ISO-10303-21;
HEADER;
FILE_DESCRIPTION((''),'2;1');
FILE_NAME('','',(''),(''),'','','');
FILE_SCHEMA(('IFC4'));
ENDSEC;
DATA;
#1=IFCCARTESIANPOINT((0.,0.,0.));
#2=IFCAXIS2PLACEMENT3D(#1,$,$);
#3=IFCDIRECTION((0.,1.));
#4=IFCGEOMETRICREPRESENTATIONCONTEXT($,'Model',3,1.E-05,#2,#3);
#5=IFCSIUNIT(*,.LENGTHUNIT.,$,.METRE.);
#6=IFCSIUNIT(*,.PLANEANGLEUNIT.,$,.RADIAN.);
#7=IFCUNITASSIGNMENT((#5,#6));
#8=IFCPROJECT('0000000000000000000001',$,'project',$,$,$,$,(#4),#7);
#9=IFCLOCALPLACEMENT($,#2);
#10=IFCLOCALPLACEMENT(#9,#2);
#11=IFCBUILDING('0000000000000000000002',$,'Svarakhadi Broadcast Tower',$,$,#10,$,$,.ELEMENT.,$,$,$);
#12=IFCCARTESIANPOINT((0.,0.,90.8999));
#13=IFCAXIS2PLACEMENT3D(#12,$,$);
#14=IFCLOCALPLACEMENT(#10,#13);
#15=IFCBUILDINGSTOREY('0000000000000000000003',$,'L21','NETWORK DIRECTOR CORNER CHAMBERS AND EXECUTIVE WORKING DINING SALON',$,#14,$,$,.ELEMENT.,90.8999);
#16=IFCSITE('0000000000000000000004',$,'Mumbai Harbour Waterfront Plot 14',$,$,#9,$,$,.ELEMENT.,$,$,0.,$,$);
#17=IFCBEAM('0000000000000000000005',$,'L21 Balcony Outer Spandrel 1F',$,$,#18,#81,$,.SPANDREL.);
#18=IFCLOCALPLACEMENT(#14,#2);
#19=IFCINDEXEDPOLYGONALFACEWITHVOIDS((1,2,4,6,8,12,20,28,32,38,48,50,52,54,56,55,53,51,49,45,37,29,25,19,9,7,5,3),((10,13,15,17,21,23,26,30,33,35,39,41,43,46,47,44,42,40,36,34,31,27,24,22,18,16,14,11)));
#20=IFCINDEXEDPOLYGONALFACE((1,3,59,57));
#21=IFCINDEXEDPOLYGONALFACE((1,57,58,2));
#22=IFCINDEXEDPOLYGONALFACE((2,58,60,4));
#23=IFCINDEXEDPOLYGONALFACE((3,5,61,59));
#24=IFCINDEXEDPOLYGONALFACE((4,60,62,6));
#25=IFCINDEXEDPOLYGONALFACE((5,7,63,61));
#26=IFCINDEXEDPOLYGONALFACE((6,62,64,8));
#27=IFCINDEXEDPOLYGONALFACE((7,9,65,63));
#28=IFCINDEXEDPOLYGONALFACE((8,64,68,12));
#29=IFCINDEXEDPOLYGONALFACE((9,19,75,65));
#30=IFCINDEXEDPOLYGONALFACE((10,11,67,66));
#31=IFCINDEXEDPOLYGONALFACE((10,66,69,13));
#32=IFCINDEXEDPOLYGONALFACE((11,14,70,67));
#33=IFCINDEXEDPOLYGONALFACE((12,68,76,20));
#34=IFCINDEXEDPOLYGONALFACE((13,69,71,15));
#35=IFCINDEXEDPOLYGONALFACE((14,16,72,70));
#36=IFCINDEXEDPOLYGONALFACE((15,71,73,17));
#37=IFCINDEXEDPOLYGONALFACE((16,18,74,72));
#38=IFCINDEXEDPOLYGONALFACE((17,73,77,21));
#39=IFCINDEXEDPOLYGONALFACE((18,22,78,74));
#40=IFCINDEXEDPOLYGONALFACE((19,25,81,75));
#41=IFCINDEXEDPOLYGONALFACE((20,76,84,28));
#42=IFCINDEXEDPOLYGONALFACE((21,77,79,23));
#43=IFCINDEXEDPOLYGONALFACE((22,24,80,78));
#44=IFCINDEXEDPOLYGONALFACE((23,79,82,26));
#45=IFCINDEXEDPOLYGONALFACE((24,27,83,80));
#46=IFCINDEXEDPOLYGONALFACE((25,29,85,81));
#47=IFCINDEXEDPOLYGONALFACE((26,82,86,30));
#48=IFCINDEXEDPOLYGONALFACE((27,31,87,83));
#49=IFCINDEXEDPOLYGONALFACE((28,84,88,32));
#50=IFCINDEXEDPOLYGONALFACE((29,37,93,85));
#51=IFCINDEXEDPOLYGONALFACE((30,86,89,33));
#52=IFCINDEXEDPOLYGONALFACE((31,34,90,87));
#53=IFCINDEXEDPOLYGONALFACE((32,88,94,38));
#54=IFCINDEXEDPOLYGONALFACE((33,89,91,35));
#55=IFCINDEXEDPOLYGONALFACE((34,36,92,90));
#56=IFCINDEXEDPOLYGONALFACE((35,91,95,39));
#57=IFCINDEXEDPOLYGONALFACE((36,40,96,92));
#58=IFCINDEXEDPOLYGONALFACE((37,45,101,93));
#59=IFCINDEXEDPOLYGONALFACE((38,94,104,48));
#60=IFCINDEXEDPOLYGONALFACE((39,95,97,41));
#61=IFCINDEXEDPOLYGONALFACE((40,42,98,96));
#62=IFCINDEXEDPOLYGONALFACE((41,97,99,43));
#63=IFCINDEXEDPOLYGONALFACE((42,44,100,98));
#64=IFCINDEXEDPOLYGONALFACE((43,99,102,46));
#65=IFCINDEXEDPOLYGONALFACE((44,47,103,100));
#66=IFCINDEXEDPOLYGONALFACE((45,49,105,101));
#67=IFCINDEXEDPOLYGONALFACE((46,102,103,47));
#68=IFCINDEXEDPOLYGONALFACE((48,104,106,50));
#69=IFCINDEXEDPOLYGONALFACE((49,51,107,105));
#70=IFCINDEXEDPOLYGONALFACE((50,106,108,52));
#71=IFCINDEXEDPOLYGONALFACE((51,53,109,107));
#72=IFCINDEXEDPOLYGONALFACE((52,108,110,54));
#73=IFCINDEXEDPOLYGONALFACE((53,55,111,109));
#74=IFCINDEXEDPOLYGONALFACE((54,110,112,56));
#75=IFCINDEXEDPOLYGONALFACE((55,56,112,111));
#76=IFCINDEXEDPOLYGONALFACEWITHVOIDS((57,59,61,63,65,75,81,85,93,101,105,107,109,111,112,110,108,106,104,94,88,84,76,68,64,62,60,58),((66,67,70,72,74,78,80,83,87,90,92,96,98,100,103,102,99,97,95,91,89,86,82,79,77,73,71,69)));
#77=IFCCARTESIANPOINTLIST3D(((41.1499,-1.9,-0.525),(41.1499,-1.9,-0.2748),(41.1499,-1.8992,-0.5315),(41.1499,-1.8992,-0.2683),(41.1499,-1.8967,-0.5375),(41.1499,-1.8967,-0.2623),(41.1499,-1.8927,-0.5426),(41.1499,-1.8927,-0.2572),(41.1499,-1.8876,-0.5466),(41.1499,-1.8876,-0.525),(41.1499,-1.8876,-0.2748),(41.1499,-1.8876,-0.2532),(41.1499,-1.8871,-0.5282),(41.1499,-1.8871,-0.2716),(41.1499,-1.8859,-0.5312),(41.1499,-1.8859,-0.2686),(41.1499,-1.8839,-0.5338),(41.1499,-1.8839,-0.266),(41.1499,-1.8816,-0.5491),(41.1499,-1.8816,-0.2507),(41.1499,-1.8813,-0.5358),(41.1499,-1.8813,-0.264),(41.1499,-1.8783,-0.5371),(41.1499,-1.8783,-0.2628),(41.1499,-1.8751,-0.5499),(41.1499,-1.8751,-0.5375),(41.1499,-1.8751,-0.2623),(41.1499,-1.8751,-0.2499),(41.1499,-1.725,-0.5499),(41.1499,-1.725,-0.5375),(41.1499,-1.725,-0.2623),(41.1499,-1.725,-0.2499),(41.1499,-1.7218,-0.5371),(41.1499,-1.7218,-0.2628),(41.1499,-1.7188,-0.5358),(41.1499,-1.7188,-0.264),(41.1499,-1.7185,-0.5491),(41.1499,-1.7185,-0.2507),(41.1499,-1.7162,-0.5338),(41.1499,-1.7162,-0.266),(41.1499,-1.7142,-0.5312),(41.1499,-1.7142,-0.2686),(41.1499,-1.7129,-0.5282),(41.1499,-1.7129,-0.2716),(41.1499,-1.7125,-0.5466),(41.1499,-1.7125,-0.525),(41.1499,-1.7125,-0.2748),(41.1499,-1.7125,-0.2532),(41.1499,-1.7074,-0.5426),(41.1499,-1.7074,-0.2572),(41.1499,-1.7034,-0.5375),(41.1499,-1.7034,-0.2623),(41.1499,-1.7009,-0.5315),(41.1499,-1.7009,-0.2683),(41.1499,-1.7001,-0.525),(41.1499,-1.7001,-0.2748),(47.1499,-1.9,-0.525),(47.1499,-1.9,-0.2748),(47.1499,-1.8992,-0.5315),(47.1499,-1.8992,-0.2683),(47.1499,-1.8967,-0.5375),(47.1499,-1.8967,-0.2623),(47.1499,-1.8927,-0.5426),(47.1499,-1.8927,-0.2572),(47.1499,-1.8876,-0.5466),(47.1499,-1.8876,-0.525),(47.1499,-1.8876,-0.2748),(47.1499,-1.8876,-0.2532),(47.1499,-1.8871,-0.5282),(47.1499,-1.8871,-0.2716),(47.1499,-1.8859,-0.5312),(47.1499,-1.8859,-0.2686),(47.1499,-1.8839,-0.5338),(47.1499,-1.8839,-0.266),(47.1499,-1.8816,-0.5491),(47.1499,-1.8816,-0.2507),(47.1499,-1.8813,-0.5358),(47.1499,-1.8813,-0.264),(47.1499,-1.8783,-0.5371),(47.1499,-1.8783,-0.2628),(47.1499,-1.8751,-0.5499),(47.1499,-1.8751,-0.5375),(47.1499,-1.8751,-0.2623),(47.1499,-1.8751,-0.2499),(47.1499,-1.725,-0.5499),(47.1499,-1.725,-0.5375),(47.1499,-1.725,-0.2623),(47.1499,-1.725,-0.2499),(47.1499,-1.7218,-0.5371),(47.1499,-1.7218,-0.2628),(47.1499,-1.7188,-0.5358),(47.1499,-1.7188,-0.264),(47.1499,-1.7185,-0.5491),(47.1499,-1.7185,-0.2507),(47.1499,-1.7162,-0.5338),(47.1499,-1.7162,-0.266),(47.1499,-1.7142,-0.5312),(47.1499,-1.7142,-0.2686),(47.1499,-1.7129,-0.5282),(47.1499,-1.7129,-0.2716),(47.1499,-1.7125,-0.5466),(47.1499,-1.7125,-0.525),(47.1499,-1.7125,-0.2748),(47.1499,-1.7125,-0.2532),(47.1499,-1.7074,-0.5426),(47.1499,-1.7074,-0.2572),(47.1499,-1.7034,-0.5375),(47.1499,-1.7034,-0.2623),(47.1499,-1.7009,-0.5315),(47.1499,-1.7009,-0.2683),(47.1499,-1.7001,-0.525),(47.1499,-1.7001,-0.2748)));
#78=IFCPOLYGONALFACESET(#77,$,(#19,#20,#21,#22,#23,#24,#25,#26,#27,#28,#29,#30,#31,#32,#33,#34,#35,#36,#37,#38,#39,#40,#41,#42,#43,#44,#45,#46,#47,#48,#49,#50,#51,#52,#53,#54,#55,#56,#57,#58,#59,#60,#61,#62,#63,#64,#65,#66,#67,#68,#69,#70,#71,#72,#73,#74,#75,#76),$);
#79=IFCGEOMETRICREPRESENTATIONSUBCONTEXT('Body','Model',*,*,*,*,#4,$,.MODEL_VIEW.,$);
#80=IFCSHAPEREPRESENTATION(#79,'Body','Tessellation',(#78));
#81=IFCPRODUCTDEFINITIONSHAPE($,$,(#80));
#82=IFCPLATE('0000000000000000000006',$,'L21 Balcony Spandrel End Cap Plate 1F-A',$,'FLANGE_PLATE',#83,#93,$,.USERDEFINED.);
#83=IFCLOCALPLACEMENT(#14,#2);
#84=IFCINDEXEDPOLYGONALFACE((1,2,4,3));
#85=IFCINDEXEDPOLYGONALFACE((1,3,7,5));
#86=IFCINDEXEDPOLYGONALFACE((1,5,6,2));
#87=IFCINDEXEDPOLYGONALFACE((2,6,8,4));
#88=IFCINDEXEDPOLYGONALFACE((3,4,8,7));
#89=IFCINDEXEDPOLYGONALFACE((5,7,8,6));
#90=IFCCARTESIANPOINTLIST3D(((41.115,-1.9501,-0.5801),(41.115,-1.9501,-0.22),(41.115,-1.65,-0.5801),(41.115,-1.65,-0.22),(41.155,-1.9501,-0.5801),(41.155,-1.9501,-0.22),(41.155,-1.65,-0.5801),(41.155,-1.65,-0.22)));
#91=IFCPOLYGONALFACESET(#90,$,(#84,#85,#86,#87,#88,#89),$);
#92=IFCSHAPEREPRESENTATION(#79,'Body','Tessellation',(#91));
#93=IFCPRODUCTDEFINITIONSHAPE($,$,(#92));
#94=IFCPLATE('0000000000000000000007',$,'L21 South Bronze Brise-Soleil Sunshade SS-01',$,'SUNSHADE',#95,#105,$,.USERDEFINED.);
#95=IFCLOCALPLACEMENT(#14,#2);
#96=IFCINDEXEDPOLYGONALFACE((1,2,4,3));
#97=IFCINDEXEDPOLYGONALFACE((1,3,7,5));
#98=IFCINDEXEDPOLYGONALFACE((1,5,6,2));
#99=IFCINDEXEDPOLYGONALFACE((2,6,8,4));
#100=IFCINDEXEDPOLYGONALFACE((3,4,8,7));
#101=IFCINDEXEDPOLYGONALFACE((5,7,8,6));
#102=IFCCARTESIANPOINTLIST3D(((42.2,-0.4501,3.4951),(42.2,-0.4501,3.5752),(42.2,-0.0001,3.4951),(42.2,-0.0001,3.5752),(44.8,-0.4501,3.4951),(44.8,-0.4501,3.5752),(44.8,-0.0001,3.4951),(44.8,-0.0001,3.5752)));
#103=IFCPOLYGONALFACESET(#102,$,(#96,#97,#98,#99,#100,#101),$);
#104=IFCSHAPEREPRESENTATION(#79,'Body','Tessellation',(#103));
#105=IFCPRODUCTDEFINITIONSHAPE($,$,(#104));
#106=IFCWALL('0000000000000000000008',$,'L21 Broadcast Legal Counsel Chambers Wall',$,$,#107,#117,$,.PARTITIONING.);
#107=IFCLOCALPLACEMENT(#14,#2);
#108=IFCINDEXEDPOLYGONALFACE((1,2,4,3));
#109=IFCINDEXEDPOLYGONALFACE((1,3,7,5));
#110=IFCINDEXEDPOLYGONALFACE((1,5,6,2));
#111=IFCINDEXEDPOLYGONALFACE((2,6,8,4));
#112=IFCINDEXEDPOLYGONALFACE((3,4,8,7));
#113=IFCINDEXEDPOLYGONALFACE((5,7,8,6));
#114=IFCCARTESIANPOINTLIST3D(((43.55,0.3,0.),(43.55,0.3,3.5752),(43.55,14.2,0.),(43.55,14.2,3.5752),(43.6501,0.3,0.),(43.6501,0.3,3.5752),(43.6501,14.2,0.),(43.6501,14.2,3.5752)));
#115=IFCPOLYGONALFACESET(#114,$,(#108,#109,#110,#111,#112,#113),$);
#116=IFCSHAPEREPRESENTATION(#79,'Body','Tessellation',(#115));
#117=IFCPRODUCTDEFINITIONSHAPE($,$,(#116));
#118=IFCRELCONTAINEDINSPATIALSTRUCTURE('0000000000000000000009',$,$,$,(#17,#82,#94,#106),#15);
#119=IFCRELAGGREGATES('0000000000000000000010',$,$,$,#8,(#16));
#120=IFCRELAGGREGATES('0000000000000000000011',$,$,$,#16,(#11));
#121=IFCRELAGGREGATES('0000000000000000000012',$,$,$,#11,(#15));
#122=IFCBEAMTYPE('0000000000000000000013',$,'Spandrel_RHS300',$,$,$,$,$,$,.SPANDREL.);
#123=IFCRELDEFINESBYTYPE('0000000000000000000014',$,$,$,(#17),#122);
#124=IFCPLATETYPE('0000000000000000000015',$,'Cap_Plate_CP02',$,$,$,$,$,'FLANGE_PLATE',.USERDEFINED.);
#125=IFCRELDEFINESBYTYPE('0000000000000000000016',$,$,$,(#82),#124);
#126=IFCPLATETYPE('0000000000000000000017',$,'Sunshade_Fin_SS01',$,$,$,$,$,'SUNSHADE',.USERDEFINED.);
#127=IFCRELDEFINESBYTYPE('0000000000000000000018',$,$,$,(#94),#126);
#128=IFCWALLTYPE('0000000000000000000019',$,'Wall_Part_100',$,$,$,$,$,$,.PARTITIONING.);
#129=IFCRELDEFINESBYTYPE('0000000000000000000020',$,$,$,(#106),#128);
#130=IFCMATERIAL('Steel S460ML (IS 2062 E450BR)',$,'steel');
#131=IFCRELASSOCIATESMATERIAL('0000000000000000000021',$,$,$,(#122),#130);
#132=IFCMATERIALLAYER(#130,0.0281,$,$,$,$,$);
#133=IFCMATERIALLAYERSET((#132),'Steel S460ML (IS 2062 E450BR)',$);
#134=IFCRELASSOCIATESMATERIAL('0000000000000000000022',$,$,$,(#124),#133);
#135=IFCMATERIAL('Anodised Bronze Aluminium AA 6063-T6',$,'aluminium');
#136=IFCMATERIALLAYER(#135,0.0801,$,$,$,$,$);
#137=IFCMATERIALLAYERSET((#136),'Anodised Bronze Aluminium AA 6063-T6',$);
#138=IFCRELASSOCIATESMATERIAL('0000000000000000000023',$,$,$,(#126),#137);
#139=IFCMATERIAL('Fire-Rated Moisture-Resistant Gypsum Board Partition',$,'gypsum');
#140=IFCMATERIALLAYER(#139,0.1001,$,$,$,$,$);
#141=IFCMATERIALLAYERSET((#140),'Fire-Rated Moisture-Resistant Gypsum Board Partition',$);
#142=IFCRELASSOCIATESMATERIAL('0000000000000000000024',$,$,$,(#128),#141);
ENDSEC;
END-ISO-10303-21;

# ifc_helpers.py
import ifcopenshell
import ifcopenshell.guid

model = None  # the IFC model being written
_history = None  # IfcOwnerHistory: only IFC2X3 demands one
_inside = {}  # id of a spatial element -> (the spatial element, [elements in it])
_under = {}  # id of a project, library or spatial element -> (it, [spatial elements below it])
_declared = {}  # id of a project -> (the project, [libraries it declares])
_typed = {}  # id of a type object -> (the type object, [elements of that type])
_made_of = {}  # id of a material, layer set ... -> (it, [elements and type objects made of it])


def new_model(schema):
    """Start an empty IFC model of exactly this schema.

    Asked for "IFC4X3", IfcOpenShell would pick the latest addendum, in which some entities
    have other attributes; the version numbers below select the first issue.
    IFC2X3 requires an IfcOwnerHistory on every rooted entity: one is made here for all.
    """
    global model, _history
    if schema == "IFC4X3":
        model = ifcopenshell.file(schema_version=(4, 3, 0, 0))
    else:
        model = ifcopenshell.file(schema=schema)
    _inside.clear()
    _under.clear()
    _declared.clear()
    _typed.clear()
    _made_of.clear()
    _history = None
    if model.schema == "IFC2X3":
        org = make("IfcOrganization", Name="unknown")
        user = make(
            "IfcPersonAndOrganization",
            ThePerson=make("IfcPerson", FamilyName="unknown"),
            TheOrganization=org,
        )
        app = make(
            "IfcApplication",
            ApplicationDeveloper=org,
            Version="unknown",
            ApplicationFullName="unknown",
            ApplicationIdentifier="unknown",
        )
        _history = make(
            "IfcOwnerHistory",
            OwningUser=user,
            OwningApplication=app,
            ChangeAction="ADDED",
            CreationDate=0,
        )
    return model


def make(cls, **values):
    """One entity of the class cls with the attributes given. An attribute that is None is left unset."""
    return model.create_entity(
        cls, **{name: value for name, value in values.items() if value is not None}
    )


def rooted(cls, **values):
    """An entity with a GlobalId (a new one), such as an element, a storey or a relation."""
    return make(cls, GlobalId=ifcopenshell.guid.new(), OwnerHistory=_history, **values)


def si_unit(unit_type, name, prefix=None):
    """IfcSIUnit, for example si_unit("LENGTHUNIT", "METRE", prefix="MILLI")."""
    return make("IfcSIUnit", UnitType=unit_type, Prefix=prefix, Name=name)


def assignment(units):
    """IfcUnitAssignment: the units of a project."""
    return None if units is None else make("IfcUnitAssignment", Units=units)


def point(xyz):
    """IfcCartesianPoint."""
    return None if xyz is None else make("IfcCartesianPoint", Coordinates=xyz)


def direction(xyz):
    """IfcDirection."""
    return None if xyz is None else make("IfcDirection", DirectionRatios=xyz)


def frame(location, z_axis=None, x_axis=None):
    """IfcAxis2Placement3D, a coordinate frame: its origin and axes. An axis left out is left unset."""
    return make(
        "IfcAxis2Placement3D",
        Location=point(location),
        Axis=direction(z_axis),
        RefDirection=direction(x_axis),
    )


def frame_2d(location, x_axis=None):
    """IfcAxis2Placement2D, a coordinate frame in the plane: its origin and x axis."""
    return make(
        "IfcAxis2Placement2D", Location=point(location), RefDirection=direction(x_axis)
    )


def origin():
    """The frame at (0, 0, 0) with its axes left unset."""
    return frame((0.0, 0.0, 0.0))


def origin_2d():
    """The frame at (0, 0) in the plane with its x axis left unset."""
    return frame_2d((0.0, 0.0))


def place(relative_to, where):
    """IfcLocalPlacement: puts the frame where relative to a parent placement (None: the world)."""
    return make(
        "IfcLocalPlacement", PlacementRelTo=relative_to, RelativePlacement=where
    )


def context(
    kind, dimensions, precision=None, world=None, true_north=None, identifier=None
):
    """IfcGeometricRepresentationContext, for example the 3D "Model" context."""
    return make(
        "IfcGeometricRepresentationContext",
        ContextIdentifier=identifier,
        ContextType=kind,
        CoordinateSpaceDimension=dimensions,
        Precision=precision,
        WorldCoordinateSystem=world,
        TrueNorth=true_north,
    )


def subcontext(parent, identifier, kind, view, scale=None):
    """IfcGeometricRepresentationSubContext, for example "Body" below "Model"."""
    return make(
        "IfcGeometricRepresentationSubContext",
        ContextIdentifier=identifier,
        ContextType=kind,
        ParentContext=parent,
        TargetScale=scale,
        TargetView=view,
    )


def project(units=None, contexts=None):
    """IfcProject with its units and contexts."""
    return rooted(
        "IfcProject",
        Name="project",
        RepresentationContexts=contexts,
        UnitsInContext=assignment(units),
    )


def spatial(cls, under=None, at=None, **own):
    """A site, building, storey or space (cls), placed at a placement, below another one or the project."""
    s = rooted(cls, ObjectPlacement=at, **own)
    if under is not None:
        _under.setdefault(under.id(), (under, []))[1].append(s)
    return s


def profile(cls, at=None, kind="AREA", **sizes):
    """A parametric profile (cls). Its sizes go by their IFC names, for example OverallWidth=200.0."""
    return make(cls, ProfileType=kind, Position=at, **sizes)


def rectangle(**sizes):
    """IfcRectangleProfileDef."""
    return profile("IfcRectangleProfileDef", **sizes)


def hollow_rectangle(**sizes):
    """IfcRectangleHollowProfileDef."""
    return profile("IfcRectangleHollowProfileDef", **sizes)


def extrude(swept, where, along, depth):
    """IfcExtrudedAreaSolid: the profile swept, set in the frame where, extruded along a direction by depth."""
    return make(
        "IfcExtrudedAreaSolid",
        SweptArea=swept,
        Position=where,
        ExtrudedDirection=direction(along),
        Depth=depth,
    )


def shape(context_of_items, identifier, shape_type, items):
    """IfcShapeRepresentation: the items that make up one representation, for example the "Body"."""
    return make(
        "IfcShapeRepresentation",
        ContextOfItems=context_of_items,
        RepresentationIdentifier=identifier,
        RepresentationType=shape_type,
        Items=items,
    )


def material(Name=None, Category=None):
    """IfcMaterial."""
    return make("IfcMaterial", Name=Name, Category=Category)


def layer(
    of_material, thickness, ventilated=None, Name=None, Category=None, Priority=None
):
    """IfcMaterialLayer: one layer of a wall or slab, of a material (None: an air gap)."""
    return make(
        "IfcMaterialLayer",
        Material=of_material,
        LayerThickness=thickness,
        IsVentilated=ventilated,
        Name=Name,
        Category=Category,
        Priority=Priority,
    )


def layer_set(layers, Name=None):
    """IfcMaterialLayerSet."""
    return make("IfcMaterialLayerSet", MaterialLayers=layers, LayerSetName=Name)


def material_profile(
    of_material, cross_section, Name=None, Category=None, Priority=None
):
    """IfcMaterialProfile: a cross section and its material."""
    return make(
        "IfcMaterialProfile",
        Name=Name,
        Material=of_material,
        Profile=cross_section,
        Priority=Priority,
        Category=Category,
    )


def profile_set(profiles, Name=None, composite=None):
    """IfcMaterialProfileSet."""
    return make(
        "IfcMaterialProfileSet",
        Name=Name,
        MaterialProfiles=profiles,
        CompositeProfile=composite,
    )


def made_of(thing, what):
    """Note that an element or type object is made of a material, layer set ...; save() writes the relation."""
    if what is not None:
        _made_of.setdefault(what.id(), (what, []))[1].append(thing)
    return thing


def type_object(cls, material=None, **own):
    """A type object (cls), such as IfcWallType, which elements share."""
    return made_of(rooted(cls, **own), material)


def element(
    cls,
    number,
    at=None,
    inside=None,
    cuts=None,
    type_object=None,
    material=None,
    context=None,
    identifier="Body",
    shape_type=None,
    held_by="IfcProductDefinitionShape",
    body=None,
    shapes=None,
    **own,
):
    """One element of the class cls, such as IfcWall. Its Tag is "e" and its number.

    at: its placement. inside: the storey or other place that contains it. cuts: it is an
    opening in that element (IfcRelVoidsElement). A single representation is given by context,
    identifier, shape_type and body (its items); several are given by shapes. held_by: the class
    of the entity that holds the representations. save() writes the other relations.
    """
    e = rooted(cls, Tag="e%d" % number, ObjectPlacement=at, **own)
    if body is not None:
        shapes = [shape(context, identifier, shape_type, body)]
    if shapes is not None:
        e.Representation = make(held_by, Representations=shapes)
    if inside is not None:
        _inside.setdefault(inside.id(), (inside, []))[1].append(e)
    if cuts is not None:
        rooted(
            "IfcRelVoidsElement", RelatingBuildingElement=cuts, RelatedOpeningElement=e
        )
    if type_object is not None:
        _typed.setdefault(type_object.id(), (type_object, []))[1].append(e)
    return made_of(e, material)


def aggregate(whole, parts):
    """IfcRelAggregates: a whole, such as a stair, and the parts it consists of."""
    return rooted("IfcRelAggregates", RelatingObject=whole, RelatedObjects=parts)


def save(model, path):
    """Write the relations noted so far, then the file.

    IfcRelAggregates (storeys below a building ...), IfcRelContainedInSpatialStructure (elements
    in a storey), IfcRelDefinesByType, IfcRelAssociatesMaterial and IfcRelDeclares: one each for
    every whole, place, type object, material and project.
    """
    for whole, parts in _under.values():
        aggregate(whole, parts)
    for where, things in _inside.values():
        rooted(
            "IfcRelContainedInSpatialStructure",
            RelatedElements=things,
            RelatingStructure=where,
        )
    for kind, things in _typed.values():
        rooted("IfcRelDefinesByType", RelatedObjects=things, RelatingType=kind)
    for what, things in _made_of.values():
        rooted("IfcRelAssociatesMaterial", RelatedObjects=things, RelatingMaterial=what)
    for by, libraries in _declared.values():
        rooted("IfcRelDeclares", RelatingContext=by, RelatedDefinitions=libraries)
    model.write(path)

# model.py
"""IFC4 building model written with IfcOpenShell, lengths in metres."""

from ifc_helpers import new_model, si_unit, direction, frame, frame_2d, origin, origin_2d, place, context, subcontext, project, spatial, rectangle, hollow_rectangle, extrude, material, layer, layer_set, material_profile, profile_set, type_object, element, save


model = new_model("IFC4")

# Units and contexts
model_context = context("Model", 3, precision=1e-05, world=origin(), true_north=direction((0.0, 1.0)))
body_context = subcontext(model_context, "Body", "Model", "MODEL_VIEW")
ifc_project = project(units=[si_unit("LENGTHUNIT", "METRE"), si_unit("PLANEANGLEUNIT", "RADIAN")], contexts=[model_context])

# Site, building, storey
site_placement = place(None, origin())
site = spatial("IfcSite", under=ifc_project, at=site_placement, Name="Mumbai Harbour Waterfront Plot 14", CompositionType="ELEMENT", RefElevation=0.0)
building_placement = place(site_placement, origin())
building = spatial("IfcBuilding", under=site, at=building_placement, Name="Svarakhadi Broadcast Tower", CompositionType="ELEMENT")
storey_placement = place(building_placement, frame((0.0, 0.0, 90.8999)))
storey = spatial("IfcBuildingStorey", under=building, at=storey_placement, Name="L21", Description="NETWORK DIRECTOR CORNER CHAMBERS AND EXECUTIVE WORKING DINING SALON", CompositionType="ELEMENT", Elevation=90.8999)

# Shared definitions
ifc_material_1 = material(Name="Steel S460ML (IS 2062 E450BR)", Category="steel")

# Shared definitions
ifc_material_2 = material(Name="Anodised Bronze Aluminium AA 6063-T6", Category="aluminium")

# Beam
ifc_material_profile_1 = material_profile(ifc_material_1, hollow_rectangle(XDim=0.2, YDim=0.3, WallThickness=0.0125, InnerFilletRadius=0.0125, OuterFilletRadius=0.0249, at=origin_2d()), Name="RHS 300x200x12.5")
ifc_profile_set_1 = profile_set([ifc_material_profile_1], Name="Steel S460ML (IS 2062 E450BR)")
beam_type_1 = type_object("IfcBeamType", Name="Spandrel_RHS300", PredefinedType="SPANDREL", material=ifc_profile_set_1)
beam_1_placement = place(storey_placement, frame((41.1499, -1.8, -0.3999), z_axis=(1.0, 0.0, 0.0), x_axis=(0.0, 1.0, 0.0)))
element("IfcBeam", 1, at=beam_1_placement, inside=storey, type_object=beam_type_1, Name="L21 Balcony Outer Spandrel 1F", PredefinedType="SPANDREL", context=body_context, shape_type="SweptSolid", body=[
    extrude(hollow_rectangle(XDim=0.2, YDim=0.3, WallThickness=0.0125, InnerFilletRadius=0.0125, OuterFilletRadius=0.0249, at=origin_2d()), origin(), (0.0, 0.0, 1.0), 6.0),
])

# Plates
ifc_layer_1 = layer(ifc_material_1, 0.0281)
ifc_layer_set_1 = layer_set([ifc_layer_1], Name="Steel S460ML (IS 2062 E450BR)")
plate_type_1 = type_object("IfcPlateType", Name="Cap_Plate_CP02", ElementType="FLANGE_PLATE", PredefinedType="USERDEFINED", material=ifc_layer_set_1)
plate_1_placement = place(storey_placement, frame((41.135, -1.8, -0.5801), z_axis=(0.0, 0.0, 1.0), x_axis=(1.0, 0.0, 0.0)))
element("IfcPlate", 2, at=plate_1_placement, inside=storey, type_object=plate_type_1, Name="L21 Balcony Spandrel End Cap Plate 1F-A", ObjectType="FLANGE_PLATE", PredefinedType="USERDEFINED", context=body_context, shape_type="SweptSolid", body=[
    extrude(rectangle(XDim=0.04, YDim=0.3, at=origin_2d()), origin(), (0.0, 0.0, 1.0), 0.3601),
])
ifc_layer_2 = layer(ifc_material_2, 0.0801)
ifc_layer_set_2 = layer_set([ifc_layer_2], Name="Anodised Bronze Aluminium AA 6063-T6")
plate_type_2 = type_object("IfcPlateType", Name="Sunshade_Fin_SS01", ElementType="SUNSHADE", PredefinedType="USERDEFINED", material=ifc_layer_set_2)
plate_2_placement = place(storey_placement, frame((43.5, -0.2251, 3.4951), z_axis=(0.0, 0.0, 1.0), x_axis=(1.0, 0.0, 0.0)))
element("IfcPlate", 3, at=plate_2_placement, inside=storey, type_object=plate_type_2, Name="L21 South Bronze Brise-Soleil Sunshade SS-01", ObjectType="SUNSHADE", PredefinedType="USERDEFINED", context=body_context, shape_type="SweptSolid", body=[
    extrude(rectangle(XDim=2.6001, YDim=0.45, at=origin_2d()), origin(), (0.0, 0.0, 1.0), 0.0801),
])

# Wall
ifc_material_3 = material(Name="Fire-Rated Moisture-Resistant Gypsum Board Partition", Category="gypsum")
ifc_layer_3 = layer(ifc_material_3, 0.1001)
ifc_layer_set_3 = layer_set([ifc_layer_3], Name="Fire-Rated Moisture-Resistant Gypsum Board Partition")
wall_type = type_object("IfcWallType", Name="Wall_Part_100", PredefinedType="PARTITIONING", material=ifc_layer_set_3)
wall_placement = place(storey_placement, frame((43.6001, 0.3, 0.0), z_axis=(0.0, 0.0, 1.0), x_axis=(0.0, 1.0, 0.0)))
element("IfcWall", 4, at=wall_placement, inside=storey, type_object=wall_type, Name="L21 Broadcast Legal Counsel Chambers Wall", PredefinedType="PARTITIONING", context=body_context, shape_type="SweptSolid", body=[
    extrude(rectangle(XDim=13.8999, YDim=0.1001, at=frame_2d((6.95, 0.0))), origin(), (0.0, 0.0, 1.0), 3.5752),
])

save(model, "model.ifc")
